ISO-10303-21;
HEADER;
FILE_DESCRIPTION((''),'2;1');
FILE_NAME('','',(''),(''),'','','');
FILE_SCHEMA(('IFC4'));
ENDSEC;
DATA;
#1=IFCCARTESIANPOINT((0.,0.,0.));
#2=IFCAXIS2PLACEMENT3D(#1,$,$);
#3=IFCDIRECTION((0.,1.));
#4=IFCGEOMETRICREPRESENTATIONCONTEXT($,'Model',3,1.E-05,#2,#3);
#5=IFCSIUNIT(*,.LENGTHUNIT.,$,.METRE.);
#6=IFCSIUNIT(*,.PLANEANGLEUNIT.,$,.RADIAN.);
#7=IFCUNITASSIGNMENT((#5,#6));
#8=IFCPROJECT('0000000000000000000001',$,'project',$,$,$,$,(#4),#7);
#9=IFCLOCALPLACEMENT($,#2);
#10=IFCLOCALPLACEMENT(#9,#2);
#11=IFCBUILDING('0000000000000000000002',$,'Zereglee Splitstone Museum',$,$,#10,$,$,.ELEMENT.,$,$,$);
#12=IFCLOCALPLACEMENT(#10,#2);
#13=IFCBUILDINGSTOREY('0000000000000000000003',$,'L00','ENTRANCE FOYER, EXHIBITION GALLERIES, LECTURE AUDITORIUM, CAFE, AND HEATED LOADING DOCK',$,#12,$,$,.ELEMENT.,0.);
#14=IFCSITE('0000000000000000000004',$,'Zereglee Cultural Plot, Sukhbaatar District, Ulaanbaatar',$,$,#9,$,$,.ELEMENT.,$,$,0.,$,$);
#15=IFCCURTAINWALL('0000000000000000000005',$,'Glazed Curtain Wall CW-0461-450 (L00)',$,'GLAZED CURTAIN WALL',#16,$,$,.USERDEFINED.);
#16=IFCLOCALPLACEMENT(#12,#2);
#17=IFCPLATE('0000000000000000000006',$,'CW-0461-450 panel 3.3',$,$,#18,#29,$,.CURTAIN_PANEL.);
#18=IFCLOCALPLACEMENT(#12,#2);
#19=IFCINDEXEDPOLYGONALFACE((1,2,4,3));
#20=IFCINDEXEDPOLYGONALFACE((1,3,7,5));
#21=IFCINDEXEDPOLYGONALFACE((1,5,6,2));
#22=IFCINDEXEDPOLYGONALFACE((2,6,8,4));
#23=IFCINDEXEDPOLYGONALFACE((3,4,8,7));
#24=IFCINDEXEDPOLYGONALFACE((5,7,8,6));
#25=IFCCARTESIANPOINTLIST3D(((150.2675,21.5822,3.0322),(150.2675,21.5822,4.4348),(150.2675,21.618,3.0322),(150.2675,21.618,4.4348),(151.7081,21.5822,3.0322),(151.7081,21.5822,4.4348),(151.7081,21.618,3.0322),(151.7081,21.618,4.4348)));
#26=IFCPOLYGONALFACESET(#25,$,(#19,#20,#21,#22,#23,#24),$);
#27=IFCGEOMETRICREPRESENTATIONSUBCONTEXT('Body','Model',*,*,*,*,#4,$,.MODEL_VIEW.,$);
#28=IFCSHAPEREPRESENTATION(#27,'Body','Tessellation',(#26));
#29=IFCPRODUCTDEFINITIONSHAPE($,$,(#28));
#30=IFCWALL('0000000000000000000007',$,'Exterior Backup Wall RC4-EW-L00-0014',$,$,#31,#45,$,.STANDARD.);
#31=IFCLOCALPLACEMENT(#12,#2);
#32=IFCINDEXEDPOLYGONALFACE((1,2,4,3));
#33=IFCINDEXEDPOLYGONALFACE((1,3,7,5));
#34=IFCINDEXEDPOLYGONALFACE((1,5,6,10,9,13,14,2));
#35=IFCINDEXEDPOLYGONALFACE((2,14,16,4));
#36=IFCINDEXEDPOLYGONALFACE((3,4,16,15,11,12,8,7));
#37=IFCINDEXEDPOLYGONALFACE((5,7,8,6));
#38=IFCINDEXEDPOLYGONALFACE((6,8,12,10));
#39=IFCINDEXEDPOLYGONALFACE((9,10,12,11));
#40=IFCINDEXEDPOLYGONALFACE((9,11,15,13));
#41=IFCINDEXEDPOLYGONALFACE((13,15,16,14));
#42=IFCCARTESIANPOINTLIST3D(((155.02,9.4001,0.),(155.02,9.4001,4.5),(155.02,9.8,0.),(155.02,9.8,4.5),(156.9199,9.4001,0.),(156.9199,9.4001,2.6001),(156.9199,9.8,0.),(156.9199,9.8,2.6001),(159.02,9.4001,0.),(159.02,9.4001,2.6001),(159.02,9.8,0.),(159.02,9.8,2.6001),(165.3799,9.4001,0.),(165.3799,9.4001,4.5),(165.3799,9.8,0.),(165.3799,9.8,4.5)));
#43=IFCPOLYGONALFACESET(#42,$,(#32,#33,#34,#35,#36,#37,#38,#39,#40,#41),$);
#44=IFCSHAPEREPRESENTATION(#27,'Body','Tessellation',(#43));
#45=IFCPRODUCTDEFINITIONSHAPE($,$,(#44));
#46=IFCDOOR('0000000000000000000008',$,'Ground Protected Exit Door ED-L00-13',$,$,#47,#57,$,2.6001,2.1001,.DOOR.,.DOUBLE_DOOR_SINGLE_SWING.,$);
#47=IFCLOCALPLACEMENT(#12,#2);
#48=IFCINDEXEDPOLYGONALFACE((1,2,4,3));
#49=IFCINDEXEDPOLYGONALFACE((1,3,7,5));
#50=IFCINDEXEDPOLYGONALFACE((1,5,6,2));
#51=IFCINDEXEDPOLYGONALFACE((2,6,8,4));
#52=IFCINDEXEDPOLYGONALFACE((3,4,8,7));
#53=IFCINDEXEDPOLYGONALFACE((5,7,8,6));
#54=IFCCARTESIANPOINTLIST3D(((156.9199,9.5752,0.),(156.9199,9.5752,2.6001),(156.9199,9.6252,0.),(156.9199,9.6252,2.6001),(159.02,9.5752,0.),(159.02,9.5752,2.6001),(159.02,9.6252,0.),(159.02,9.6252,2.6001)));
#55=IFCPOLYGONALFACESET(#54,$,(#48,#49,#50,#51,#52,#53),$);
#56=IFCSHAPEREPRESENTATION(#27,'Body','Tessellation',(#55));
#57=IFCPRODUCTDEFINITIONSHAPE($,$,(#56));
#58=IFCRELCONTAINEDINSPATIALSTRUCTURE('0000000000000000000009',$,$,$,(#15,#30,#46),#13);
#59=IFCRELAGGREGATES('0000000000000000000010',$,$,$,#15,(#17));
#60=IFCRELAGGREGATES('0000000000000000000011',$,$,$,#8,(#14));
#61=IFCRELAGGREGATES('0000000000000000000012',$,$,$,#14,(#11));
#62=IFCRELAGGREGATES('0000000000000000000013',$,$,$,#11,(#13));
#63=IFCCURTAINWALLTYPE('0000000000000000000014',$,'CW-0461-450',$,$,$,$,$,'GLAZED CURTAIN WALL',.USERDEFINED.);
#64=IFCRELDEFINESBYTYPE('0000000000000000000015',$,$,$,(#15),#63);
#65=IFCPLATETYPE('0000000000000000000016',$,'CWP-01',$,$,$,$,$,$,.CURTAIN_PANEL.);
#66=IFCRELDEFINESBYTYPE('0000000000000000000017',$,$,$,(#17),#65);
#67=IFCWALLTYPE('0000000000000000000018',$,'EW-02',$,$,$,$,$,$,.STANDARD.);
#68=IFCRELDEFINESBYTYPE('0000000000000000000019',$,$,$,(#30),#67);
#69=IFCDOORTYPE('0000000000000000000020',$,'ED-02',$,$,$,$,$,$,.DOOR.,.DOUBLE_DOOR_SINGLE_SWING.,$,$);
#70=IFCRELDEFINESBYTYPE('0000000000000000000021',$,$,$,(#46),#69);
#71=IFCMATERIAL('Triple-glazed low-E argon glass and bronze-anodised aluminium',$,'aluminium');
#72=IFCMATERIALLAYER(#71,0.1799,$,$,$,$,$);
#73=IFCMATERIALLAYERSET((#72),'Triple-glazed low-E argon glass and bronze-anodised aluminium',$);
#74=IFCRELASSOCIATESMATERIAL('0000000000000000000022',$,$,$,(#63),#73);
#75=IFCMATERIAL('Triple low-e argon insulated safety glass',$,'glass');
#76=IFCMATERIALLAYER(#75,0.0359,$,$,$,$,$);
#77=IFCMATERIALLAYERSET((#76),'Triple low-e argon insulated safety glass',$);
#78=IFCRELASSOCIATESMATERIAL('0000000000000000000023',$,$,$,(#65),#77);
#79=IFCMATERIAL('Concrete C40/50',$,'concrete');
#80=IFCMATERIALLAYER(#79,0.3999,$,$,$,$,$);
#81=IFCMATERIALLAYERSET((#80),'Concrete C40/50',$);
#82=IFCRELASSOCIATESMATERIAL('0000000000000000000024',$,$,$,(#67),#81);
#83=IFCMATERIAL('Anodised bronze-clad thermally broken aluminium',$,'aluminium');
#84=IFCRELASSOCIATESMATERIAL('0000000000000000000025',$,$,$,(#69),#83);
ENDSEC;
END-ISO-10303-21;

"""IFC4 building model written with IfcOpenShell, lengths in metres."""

from ifc_helpers import new_model, si_unit, direction, frame, frame_2d, origin, origin_2d, place, context, subcontext, project, spatial, rectangle, extrude, material, layer, layer_set, type_object, element, fill, aggregate, save


model = new_model("IFC4")

# Units and contexts
model_context = context("Model", 3, precision=1e-05, world=origin(), true_north=direction((0.0, 1.0)))
body_context = subcontext(model_context, "Body", "Model", "MODEL_VIEW")
ifc_project = project(units=[si_unit("LENGTHUNIT", "METRE"), si_unit("PLANEANGLEUNIT", "RADIAN")], contexts=[model_context])

# Site, building, storey
site_placement = place(None, origin())
site = spatial("IfcSite", under=ifc_project, at=site_placement, Name="Zereglee Cultural Plot, Sukhbaatar District, Ulaanbaatar", CompositionType="ELEMENT", RefElevation=0.0)
building_placement = place(site_placement, origin())
building = spatial("IfcBuilding", under=site, at=building_placement, Name="Zereglee Splitstone Museum", CompositionType="ELEMENT")
storey_placement = place(building_placement, origin())
storey = spatial("IfcBuildingStorey", under=building, at=storey_placement, Name="L00", Description="ENTRANCE FOYER, EXHIBITION GALLERIES, LECTURE AUDITORIUM, CAFE, AND HEATED LOADING DOCK", CompositionType="ELEMENT", Elevation=0.0)

# Curtain wall
ifc_material_1 = material(Name="Triple-glazed low-E argon glass and bronze-anodised aluminium", Category="aluminium")
ifc_layer_1 = layer(ifc_material_1, 0.1799)
ifc_layer_set_1 = layer_set([ifc_layer_1], Name="Triple-glazed low-E argon glass and bronze-anodised aluminium")
curtain_wall_type_1 = type_object("IfcCurtainWallType", Name="CW-0461-450", ElementType="GLAZED CURTAIN WALL", PredefinedType="USERDEFINED", material=ifc_layer_set_1)
curtain_wall_1_placement = place(storey_placement, origin())
curtain_wall_1 = element("IfcCurtainWall", 1, at=curtain_wall_1_placement, inside=storey, type_object=curtain_wall_type_1, Name="Glazed Curtain Wall CW-0461-450 (L00)", ObjectType="GLAZED CURTAIN WALL", PredefinedType="USERDEFINED")

# Plate
ifc_material_2 = material(Name="Triple low-e argon insulated safety glass", Category="glass")
ifc_layer_2 = layer(ifc_material_2, 0.0359)
ifc_layer_set_2 = layer_set([ifc_layer_2], Name="Triple low-e argon insulated safety glass")
plate_type = type_object("IfcPlateType", Name="CWP-01", PredefinedType="CURTAIN_PANEL", material=ifc_layer_set_2)
plate_1_placement = place(storey_placement, frame((150.9878, 21.6001, 3.0322), z_axis=(0.0, 0.0, 1.0), x_axis=(-1.0, 0.0, 0.0)))
plate_1 = element("IfcPlate", 2, at=plate_1_placement, type_object=plate_type, Name="CW-0461-450 panel 3.3", PredefinedType="CURTAIN_PANEL", context=body_context, shape_type="SweptSolid", body=[
    extrude(rectangle(XDim=1.4407, YDim=0.0359, at=origin_2d()), origin(), (0.0, 0.0, 1.0), 1.4026),
])
aggregate(curtain_wall_1, [plate_1])

# Wall, opening, door
ifc_material_3 = material(Name="Concrete C40/50", Category="concrete")
ifc_layer_3 = layer(ifc_material_3, 0.3999)
ifc_layer_set_3 = layer_set([ifc_layer_3], Name="Concrete C40/50")
wall_type = type_object("IfcWallType", Name="EW-02", PredefinedType="STANDARD", material=ifc_layer_set_3)
wall_placement = place(storey_placement, frame((155.02, 9.6001, 0.0), z_axis=(0.0, 0.0, 1.0), x_axis=(1.0, 0.0, 0.0)))
wall = element("IfcWall", 3, at=wall_placement, inside=storey, type_object=wall_type, Name="Exterior Backup Wall RC4-EW-L00-0014", PredefinedType="STANDARD", context=body_context, shape_type="SweptSolid", body=[
    extrude(rectangle(XDim=10.3599, YDim=0.3999, at=frame_2d((5.1799, 0.0))), origin(), (0.0, 0.0, 1.0), 4.5),
])
opening_placement = place(wall_placement, frame((1.8999, 0.0, 0.0)))
opening = element("IfcOpeningElement", 4, at=opening_placement, cuts=wall, PredefinedType="OPENING", context=body_context, shape_type="SweptSolid", body=[
    extrude(rectangle(XDim=2.1001, YDim=2.6001, at=frame_2d((1.05, 1.3))), frame((0.0, 0.2148, 0.0), z_axis=(0.0, -1.0, 0.0), x_axis=(1.0, 0.0, 0.0)), (0.0, 0.0, 1.0), 0.4297),
])
ifc_material_4 = material(Name="Anodised bronze-clad thermally broken aluminium", Category="aluminium")
door_type = type_object("IfcDoorType", Name="ED-02", OperationType="DOUBLE_DOOR_SINGLE_SWING", PredefinedType="DOOR", material=ifc_material_4)
door_placement = place(opening_placement, frame((2.1001, 0.0, 0.0), z_axis=(0.0, 0.0, 1.0), x_axis=(-1.0, 0.0, 0.0)))
door = element("IfcDoor", 5, at=door_placement, inside=storey, type_object=door_type, Name="Ground Protected Exit Door ED-L00-13", OperationType="DOUBLE_DOOR_SINGLE_SWING", OverallHeight=2.6001, OverallWidth=2.1001, PredefinedType="DOOR", context=body_context, shape_type="SweptSolid", body=[
    extrude(rectangle(XDim=2.1001, YDim=2.6001, at=frame_2d((1.05, 1.3))), frame((0.0, 0.0249, 0.0), z_axis=(0.0, -1.0, 0.0), x_axis=(1.0, 0.0, 0.0)), (0.0, 0.0, 1.0), 0.05),
])
fill(opening, door)

save(model, "model.ifc")
